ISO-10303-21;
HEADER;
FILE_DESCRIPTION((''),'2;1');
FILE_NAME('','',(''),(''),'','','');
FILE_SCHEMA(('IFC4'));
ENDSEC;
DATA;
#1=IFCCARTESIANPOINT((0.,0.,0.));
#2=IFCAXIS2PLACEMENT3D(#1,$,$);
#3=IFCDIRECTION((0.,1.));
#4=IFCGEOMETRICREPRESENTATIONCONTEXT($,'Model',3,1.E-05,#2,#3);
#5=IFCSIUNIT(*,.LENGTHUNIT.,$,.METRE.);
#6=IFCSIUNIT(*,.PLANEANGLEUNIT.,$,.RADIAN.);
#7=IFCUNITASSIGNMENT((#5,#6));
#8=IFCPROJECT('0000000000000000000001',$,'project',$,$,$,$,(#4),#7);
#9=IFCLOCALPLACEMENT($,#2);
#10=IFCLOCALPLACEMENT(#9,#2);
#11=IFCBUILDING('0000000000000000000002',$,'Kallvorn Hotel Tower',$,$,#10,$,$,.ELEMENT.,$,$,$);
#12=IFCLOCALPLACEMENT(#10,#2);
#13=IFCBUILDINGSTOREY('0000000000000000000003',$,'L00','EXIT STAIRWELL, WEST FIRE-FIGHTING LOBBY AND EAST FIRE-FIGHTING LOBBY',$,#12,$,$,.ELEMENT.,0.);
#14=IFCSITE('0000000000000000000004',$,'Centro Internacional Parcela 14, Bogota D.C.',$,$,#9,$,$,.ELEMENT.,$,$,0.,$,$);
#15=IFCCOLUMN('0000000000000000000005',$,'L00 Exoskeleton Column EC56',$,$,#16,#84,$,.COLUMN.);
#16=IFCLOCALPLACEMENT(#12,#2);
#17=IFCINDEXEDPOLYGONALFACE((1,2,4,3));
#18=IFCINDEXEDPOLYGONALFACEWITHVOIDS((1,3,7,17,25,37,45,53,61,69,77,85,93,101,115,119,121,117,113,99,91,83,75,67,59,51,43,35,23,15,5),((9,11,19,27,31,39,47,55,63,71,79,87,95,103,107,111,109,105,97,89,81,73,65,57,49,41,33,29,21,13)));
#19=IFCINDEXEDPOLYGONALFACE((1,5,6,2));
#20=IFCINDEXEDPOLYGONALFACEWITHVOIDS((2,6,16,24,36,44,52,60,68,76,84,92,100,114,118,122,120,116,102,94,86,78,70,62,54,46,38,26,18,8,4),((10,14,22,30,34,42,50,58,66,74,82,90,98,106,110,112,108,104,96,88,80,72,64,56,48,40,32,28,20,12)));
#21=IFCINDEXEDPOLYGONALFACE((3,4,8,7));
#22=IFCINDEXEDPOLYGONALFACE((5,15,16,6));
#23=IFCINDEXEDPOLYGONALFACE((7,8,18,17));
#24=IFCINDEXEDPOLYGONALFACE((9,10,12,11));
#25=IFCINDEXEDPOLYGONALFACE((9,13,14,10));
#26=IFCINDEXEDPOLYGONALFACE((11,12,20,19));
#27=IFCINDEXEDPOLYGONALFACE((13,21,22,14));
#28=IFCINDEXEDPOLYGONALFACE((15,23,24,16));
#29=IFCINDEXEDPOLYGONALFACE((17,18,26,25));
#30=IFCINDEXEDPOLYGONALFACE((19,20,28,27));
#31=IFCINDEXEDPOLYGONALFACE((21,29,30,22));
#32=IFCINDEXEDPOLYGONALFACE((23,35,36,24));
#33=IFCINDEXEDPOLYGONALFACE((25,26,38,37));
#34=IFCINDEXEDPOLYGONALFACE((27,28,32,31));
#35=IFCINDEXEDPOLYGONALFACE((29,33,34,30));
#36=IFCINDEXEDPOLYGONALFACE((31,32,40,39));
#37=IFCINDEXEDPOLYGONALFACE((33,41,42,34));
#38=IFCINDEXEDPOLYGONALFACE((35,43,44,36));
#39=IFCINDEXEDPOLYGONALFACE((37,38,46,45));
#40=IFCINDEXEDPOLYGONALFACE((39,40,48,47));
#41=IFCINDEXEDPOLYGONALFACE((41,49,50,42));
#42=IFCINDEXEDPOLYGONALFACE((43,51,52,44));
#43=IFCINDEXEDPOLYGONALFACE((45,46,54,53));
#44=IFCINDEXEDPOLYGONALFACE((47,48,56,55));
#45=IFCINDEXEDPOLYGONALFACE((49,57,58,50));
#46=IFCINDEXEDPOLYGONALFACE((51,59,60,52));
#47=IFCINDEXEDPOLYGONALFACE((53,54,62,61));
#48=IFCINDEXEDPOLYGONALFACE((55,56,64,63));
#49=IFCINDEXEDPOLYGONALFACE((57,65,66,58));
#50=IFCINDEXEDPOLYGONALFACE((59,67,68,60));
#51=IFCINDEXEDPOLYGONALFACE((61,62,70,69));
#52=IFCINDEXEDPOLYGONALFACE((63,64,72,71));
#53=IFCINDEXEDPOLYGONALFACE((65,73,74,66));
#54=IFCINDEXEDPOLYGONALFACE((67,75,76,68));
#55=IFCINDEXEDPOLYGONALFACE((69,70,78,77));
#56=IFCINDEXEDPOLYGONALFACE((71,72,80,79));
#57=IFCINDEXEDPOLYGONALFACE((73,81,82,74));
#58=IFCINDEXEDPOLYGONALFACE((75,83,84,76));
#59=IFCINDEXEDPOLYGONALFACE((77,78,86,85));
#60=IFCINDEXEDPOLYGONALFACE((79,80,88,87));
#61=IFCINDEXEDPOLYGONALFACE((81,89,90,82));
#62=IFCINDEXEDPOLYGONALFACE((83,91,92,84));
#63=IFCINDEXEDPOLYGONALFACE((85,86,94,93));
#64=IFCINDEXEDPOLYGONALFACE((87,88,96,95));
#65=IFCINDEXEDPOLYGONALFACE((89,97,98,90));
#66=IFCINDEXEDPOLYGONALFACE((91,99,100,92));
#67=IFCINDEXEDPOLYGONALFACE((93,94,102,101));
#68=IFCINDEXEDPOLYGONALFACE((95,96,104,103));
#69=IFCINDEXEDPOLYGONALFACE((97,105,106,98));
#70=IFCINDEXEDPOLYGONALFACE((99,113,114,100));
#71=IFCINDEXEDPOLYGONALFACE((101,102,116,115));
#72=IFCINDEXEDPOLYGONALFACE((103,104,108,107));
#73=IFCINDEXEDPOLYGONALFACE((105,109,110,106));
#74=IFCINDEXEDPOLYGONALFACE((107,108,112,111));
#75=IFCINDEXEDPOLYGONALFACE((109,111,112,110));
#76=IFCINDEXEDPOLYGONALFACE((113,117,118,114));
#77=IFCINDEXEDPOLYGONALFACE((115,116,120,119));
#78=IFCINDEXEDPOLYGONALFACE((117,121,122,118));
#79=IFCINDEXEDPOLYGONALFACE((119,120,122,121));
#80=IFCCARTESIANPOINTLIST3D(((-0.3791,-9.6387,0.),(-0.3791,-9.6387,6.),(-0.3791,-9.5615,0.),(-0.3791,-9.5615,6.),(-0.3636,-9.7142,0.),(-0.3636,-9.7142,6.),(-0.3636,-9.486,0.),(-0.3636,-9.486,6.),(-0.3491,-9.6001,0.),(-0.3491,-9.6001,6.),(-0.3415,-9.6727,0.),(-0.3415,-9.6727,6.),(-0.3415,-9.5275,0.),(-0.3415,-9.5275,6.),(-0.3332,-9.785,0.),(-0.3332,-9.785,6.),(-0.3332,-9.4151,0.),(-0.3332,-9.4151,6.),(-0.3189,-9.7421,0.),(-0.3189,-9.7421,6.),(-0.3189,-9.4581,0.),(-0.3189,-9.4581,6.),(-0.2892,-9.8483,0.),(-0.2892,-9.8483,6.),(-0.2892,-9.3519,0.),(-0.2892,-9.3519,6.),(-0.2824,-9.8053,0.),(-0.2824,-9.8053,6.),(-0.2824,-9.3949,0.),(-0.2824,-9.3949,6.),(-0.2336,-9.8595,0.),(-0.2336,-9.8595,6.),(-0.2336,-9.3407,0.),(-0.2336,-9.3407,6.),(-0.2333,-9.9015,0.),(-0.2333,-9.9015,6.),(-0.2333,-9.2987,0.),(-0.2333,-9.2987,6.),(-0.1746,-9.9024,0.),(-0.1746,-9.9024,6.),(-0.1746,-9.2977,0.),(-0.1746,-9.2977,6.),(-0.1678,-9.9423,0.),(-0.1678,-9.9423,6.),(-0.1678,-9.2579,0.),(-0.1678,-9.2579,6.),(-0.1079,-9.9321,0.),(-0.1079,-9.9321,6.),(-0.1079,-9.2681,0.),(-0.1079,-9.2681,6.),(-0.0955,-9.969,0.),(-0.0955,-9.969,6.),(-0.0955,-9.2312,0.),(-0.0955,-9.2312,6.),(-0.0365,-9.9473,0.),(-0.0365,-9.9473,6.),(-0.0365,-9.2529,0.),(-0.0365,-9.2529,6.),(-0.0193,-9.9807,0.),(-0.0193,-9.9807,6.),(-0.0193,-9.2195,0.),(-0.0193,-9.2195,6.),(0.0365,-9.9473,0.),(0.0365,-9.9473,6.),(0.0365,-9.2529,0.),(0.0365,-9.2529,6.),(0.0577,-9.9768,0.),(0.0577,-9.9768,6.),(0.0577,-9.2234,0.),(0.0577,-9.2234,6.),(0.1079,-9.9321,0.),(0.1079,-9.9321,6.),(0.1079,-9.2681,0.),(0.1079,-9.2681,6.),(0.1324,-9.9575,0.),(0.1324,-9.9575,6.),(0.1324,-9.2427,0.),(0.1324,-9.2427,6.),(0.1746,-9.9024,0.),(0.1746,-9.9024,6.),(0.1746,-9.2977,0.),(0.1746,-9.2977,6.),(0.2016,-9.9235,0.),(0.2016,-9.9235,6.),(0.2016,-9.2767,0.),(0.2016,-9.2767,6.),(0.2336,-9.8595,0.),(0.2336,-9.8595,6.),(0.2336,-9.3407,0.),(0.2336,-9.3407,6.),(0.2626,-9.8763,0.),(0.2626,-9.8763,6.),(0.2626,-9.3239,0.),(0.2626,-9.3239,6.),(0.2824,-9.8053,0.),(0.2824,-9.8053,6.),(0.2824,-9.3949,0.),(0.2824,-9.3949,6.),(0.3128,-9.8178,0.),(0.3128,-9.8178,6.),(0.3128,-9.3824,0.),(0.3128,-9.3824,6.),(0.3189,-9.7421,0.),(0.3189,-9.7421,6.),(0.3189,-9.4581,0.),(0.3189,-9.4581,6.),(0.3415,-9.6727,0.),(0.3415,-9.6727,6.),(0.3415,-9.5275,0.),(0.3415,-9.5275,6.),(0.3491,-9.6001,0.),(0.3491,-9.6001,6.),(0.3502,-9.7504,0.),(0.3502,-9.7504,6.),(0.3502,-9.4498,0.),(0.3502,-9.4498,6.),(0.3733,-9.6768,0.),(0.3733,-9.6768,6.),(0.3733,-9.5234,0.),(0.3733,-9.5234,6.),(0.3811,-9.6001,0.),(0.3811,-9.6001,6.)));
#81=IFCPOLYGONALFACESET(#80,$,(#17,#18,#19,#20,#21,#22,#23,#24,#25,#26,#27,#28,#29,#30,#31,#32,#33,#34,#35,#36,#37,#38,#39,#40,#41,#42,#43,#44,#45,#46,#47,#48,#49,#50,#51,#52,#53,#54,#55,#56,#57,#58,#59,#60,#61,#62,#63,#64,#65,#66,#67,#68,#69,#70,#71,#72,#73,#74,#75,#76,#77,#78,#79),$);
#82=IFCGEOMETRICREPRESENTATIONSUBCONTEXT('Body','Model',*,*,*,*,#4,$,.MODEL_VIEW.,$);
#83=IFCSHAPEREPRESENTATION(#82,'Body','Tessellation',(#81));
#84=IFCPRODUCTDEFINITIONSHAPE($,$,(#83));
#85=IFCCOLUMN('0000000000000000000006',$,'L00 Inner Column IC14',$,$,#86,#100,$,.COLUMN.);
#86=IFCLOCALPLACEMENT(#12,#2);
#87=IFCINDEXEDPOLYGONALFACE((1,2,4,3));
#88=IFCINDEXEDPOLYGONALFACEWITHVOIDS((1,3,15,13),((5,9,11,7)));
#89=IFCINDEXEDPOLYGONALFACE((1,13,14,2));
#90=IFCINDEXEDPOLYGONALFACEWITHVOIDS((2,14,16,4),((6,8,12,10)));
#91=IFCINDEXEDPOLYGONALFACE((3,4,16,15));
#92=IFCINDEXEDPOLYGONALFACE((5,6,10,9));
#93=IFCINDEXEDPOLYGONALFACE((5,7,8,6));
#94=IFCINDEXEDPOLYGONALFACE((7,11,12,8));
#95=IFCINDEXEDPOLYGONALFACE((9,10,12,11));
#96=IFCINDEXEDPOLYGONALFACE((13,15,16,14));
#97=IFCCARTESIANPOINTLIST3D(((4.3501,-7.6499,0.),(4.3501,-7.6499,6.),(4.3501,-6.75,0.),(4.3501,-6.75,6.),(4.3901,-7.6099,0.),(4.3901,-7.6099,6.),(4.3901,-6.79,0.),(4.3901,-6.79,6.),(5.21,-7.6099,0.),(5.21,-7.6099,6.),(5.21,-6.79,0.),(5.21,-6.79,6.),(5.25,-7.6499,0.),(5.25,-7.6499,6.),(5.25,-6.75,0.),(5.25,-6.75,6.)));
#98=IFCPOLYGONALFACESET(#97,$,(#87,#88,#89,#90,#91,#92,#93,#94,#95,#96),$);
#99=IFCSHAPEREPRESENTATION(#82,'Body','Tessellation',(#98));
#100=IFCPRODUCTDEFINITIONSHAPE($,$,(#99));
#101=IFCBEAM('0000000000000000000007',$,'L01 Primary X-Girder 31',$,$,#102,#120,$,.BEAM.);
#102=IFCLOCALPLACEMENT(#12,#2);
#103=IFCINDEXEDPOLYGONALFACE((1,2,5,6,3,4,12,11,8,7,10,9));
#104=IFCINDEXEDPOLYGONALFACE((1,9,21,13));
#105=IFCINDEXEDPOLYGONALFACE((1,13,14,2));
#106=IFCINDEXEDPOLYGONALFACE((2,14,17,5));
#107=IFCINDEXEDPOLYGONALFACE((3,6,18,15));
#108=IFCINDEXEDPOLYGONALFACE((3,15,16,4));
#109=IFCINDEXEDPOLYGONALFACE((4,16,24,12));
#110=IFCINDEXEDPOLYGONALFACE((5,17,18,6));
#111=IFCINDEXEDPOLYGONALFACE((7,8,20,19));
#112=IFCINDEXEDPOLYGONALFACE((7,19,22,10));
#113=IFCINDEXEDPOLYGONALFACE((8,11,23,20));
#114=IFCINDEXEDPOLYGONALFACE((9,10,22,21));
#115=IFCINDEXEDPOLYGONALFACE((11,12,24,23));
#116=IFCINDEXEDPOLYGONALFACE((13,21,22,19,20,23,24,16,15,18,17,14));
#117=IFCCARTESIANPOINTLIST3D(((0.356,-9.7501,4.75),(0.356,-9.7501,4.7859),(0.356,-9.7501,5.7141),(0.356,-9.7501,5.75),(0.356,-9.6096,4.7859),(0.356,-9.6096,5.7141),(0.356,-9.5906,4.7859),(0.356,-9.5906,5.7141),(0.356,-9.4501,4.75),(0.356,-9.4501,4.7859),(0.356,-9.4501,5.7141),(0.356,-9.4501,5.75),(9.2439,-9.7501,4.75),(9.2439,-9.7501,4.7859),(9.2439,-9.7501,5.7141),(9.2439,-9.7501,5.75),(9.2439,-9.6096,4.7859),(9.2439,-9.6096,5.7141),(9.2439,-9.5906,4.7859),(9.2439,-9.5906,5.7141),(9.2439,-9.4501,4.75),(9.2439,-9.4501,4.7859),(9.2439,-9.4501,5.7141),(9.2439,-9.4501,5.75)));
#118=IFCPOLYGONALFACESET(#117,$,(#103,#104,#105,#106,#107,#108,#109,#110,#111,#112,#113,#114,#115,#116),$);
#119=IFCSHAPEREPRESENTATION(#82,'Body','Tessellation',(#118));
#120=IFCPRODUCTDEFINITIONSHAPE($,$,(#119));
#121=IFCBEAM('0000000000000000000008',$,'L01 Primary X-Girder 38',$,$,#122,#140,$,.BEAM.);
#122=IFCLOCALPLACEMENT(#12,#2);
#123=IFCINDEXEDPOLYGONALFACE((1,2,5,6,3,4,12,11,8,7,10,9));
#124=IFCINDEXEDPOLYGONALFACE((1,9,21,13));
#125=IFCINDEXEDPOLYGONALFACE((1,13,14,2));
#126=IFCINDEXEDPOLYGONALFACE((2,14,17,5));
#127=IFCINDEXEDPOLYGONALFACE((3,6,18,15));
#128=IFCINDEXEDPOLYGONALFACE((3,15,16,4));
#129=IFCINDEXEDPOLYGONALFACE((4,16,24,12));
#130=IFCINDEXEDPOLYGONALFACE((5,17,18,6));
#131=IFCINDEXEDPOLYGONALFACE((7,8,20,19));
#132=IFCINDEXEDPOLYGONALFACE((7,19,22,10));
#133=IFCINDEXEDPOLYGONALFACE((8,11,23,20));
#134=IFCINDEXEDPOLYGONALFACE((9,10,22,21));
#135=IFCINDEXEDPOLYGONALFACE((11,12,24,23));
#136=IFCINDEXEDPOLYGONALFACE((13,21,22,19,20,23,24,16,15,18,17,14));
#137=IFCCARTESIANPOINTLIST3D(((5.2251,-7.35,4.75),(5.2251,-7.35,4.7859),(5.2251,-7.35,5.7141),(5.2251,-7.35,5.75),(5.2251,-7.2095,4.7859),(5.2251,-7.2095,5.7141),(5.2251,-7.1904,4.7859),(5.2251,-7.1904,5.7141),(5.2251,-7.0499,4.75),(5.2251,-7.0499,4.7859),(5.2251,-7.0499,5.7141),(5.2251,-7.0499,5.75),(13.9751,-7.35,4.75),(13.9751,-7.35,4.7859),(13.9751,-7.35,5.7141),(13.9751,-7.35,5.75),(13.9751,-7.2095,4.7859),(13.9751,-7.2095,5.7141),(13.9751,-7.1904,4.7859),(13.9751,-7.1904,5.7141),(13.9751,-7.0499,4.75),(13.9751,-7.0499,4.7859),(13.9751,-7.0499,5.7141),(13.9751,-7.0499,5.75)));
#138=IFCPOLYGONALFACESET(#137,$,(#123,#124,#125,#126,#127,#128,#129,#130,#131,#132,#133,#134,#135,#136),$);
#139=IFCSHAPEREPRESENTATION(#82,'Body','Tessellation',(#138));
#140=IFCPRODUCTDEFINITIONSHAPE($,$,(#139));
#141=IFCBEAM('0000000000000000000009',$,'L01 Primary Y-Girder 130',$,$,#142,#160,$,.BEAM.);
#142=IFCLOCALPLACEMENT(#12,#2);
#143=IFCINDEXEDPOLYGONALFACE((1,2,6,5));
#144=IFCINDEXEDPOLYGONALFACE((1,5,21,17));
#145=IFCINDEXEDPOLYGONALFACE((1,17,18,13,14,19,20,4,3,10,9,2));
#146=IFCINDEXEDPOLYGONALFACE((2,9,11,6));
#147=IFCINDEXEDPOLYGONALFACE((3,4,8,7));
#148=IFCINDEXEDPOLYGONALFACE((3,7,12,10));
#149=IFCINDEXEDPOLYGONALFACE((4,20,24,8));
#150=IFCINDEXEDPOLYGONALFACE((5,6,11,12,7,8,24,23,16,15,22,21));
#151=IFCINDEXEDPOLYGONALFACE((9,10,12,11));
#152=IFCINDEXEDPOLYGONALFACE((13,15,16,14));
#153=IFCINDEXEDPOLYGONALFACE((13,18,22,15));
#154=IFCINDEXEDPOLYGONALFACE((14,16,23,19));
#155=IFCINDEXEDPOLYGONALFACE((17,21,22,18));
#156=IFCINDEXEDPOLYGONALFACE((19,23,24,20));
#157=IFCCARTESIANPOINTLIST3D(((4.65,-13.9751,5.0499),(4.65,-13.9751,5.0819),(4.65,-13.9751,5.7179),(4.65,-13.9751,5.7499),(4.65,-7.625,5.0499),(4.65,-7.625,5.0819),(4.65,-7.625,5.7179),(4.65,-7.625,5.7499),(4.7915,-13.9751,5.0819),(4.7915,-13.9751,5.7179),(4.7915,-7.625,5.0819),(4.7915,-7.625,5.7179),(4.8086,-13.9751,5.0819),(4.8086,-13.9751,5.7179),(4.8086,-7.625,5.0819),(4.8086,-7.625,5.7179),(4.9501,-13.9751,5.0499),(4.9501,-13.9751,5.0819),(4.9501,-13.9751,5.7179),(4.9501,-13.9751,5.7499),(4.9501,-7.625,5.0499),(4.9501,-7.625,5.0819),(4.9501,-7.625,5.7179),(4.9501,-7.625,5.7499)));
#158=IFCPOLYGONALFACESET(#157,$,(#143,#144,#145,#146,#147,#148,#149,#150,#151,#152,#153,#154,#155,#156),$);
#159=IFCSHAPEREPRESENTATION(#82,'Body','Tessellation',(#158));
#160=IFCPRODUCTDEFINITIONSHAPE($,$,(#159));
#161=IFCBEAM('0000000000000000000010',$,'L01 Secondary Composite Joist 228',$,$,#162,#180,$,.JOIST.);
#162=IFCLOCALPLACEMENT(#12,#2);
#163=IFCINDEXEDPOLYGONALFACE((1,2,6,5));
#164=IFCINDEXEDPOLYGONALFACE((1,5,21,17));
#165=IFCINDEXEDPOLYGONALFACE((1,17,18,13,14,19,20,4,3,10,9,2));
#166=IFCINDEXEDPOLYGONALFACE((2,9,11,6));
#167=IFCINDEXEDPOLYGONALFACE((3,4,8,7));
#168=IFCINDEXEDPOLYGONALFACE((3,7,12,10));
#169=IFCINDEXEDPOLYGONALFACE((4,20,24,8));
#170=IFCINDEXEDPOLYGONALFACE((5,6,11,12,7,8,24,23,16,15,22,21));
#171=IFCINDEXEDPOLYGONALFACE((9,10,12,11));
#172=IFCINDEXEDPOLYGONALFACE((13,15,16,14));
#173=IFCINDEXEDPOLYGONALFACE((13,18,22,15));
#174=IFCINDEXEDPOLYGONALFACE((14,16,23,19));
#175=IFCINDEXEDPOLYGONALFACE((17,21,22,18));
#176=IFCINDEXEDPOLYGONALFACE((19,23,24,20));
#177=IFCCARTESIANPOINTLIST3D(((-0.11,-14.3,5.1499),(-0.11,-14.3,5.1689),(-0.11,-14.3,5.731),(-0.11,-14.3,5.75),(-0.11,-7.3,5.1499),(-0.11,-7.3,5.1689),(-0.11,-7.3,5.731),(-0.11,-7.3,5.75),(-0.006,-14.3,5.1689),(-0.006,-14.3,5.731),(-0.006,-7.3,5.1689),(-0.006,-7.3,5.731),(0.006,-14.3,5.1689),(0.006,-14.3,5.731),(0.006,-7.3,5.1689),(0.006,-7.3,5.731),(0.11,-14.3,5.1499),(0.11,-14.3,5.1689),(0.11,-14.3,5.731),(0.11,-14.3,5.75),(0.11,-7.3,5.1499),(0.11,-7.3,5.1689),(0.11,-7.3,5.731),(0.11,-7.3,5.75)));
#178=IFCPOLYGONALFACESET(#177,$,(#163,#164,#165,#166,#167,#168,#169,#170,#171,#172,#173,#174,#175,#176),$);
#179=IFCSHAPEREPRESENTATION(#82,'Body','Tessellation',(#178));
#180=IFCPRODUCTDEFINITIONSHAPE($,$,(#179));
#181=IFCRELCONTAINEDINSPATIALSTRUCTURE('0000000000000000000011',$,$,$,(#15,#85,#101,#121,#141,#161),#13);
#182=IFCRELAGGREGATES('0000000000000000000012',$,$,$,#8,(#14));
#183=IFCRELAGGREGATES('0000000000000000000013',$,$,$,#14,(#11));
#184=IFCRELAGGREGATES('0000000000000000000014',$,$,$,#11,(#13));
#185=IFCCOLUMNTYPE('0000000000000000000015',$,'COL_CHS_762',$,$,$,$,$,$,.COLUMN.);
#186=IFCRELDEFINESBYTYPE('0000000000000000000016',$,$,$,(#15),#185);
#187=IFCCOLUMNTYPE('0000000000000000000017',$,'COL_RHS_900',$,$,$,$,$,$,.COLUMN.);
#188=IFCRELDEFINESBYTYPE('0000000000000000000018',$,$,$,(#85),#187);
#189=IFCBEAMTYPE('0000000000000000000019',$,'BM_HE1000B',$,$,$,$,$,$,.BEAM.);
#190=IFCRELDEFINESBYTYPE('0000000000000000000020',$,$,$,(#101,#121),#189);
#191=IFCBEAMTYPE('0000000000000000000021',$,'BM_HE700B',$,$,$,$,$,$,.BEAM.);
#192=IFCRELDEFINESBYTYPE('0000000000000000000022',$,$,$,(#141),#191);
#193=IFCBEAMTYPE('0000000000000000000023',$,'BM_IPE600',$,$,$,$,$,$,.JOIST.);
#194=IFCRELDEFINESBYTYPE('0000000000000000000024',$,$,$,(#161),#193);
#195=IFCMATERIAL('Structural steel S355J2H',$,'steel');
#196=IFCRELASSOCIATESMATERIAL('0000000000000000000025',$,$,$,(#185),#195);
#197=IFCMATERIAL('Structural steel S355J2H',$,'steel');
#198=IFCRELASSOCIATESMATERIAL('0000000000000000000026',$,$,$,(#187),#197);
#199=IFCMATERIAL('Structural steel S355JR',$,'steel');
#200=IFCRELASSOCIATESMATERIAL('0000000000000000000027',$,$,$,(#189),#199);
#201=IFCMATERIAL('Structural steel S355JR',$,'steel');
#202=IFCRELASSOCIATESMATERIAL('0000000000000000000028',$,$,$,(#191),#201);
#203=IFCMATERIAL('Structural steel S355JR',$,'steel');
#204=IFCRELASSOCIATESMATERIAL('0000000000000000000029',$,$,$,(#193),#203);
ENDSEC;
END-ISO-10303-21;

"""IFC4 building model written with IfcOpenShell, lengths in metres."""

from ifc_helpers import new_model, si_unit, direction, frame, origin, origin_2d, place, context, subcontext, project, spatial, hollow_rectangle, hollow_circle, i_section, extrude, material, material_profile, profile_set, type_object, element, save


model = new_model("IFC4")

# Units and contexts
model_context = context("Model", 3, precision=1e-05, world=origin(), true_north=direction((0.0, 1.0)))
body_context = subcontext(model_context, "Body", "Model", "MODEL_VIEW")
ifc_project = project(units=[si_unit("LENGTHUNIT", "METRE"), si_unit("PLANEANGLEUNIT", "RADIAN")], contexts=[model_context])

# Site, building, storey
site_placement = place(None, origin())
site = spatial("IfcSite", under=ifc_project, at=site_placement, Name="Centro Internacional Parcela 14, Bogota D.C.", CompositionType="ELEMENT", RefElevation=0.0)
building_placement = place(site_placement, origin())
building = spatial("IfcBuilding", under=site, at=building_placement, Name="Kallvorn Hotel Tower", CompositionType="ELEMENT")
storey_placement = place(building_placement, origin())
storey = spatial("IfcBuildingStorey", under=building, at=storey_placement, Name="L00", Description="EXIT STAIRWELL, WEST FIRE-FIGHTING LOBBY AND EAST FIRE-FIGHTING LOBBY", CompositionType="ELEMENT", Elevation=0.0)

# Columns
ifc_material_1 = material(Name="Structural steel S355J2H", Category="steel")
ifc_material_profile_1 = material_profile(ifc_material_1, hollow_circle(Radius=0.3811, WallThickness=0.032, at=origin_2d()), Name="CHS 762x32")
ifc_profile_set_1 = profile_set([ifc_material_profile_1], Name="Structural steel S355J2H")
column_type_1 = type_object("IfcColumnType", Name="COL_CHS_762", PredefinedType="COLUMN", material=ifc_profile_set_1)
column_1_placement = place(storey_placement, frame((0.0, -9.6001, 0.0), z_axis=(0.0, 0.0, 1.0), x_axis=(1.0, 0.0, 0.0)))
element("IfcColumn", 1, at=column_1_placement, inside=storey, type_object=column_type_1, Name="L00 Exoskeleton Column EC56", PredefinedType="COLUMN", context=body_context, shape_type="SweptSolid", body=[
    extrude(hollow_circle(Radius=0.3811, WallThickness=0.032, at=origin_2d()), origin(), (0.0, 0.0, 1.0), 6.0),
])
ifc_material_2 = material(Name="Structural steel S355J2H", Category="steel")
ifc_material_profile_2 = material_profile(ifc_material_2, hollow_rectangle(XDim=0.8999, YDim=0.8999, WallThickness=0.04, at=origin_2d()), Name="RHS 900x900x40")
ifc_profile_set_2 = profile_set([ifc_material_profile_2], Name="Structural steel S355J2H")
column_type_2 = type_object("IfcColumnType", Name="COL_RHS_900", PredefinedType="COLUMN", material=ifc_profile_set_2)
column_2_placement = place(storey_placement, frame((4.8, -7.2, 0.0), z_axis=(0.0, 0.0, 1.0), x_axis=(1.0, 0.0, 0.0)))
element("IfcColumn", 2, at=column_2_placement, inside=storey, type_object=column_type_2, Name="L00 Inner Column IC14", PredefinedType="COLUMN", context=body_context, shape_type="SweptSolid", body=[
    extrude(hollow_rectangle(XDim=0.8999, YDim=0.8999, WallThickness=0.04, at=origin_2d()), origin(), (0.0, 0.0, 1.0), 6.0),
])

# Beams
ifc_material_3 = material(Name="Structural steel S355JR", Category="steel")
ifc_material_profile_3 = material_profile(ifc_material_3, i_section(OverallWidth=0.3, OverallDepth=1.0, WebThickness=0.019, FlangeThickness=0.0359, at=origin_2d()), Name="HE 1000 B")
ifc_profile_set_3 = profile_set([ifc_material_profile_3], Name="Structural steel S355JR")
beam_type_1 = type_object("IfcBeamType", Name="BM_HE1000B", PredefinedType="BEAM", material=ifc_profile_set_3)
beam_1_placement = place(storey_placement, frame((0.356, -9.6001, 5.25), z_axis=(1.0, 0.0, 0.0), x_axis=(0.0, 1.0, 0.0)))
element("IfcBeam", 3, at=beam_1_placement, inside=storey, type_object=beam_type_1, Name="L01 Primary X-Girder 31", PredefinedType="BEAM", context=body_context, shape_type="SweptSolid", body=[
    extrude(i_section(OverallWidth=0.3, OverallDepth=1.0, WebThickness=0.019, FlangeThickness=0.0359, at=origin_2d()), origin(), (0.0, 0.0, 1.0), 8.8879),
])
beam_2_placement = place(storey_placement, frame((5.2251, -7.2, 5.25), z_axis=(1.0, 0.0, 0.0), x_axis=(0.0, 1.0, 0.0)))
element("IfcBeam", 4, at=beam_2_placement, inside=storey, type_object=beam_type_1, Name="L01 Primary X-Girder 38", PredefinedType="BEAM", context=body_context, shape_type="SweptSolid", body=[
    extrude(i_section(OverallWidth=0.3, OverallDepth=1.0, WebThickness=0.019, FlangeThickness=0.0359, at=origin_2d()), origin(), (0.0, 0.0, 1.0), 8.75),
])
ifc_material_4 = material(Name="Structural steel S355JR", Category="steel")
ifc_material_profile_4 = material_profile(ifc_material_4, i_section(OverallWidth=0.3, OverallDepth=0.7, WebThickness=0.0171, FlangeThickness=0.032, at=origin_2d()), Name="HE 700 B")
ifc_profile_set_4 = profile_set([ifc_material_profile_4], Name="Structural steel S355JR")
beam_type_2 = type_object("IfcBeamType", Name="BM_HE700B", PredefinedType="BEAM", material=ifc_profile_set_4)
beam_3_placement = place(storey_placement, frame((4.8, -13.9751, 5.3999), z_axis=(0.0, 1.0, 0.0), x_axis=(-1.0, 0.0, 0.0)))
element("IfcBeam", 5, at=beam_3_placement, inside=storey, type_object=beam_type_2, Name="L01 Primary Y-Girder 130", PredefinedType="BEAM", context=body_context, shape_type="SweptSolid", body=[
    extrude(i_section(OverallWidth=0.3, OverallDepth=0.7, WebThickness=0.0171, FlangeThickness=0.032, at=origin_2d()), origin(), (0.0, 0.0, 1.0), 6.3501),
])
ifc_material_5 = material(Name="Structural steel S355JR", Category="steel")
ifc_material_profile_5 = material_profile(ifc_material_5, i_section(OverallWidth=0.22, OverallDepth=0.6001, WebThickness=0.012, FlangeThickness=0.019, at=origin_2d()), Name="IPE 600")
ifc_profile_set_5 = profile_set([ifc_material_profile_5], Name="Structural steel S355JR")
beam_type_3 = type_object("IfcBeamType", Name="BM_IPE600", PredefinedType="JOIST", material=ifc_profile_set_5)
beam_4_placement = place(storey_placement, frame((0.0, -14.3, 5.45), z_axis=(0.0, 1.0, 0.0), x_axis=(-1.0, 0.0, 0.0)))
element("IfcBeam", 6, at=beam_4_placement, inside=storey, type_object=beam_type_3, Name="L01 Secondary Composite Joist 228", PredefinedType="JOIST", context=body_context, shape_type="SweptSolid", body=[
    extrude(i_section(OverallWidth=0.22, OverallDepth=0.6001, WebThickness=0.012, FlangeThickness=0.019, at=origin_2d()), origin(), (0.0, 0.0, 1.0), 7.0),
])

save(model, "model.ifc")
